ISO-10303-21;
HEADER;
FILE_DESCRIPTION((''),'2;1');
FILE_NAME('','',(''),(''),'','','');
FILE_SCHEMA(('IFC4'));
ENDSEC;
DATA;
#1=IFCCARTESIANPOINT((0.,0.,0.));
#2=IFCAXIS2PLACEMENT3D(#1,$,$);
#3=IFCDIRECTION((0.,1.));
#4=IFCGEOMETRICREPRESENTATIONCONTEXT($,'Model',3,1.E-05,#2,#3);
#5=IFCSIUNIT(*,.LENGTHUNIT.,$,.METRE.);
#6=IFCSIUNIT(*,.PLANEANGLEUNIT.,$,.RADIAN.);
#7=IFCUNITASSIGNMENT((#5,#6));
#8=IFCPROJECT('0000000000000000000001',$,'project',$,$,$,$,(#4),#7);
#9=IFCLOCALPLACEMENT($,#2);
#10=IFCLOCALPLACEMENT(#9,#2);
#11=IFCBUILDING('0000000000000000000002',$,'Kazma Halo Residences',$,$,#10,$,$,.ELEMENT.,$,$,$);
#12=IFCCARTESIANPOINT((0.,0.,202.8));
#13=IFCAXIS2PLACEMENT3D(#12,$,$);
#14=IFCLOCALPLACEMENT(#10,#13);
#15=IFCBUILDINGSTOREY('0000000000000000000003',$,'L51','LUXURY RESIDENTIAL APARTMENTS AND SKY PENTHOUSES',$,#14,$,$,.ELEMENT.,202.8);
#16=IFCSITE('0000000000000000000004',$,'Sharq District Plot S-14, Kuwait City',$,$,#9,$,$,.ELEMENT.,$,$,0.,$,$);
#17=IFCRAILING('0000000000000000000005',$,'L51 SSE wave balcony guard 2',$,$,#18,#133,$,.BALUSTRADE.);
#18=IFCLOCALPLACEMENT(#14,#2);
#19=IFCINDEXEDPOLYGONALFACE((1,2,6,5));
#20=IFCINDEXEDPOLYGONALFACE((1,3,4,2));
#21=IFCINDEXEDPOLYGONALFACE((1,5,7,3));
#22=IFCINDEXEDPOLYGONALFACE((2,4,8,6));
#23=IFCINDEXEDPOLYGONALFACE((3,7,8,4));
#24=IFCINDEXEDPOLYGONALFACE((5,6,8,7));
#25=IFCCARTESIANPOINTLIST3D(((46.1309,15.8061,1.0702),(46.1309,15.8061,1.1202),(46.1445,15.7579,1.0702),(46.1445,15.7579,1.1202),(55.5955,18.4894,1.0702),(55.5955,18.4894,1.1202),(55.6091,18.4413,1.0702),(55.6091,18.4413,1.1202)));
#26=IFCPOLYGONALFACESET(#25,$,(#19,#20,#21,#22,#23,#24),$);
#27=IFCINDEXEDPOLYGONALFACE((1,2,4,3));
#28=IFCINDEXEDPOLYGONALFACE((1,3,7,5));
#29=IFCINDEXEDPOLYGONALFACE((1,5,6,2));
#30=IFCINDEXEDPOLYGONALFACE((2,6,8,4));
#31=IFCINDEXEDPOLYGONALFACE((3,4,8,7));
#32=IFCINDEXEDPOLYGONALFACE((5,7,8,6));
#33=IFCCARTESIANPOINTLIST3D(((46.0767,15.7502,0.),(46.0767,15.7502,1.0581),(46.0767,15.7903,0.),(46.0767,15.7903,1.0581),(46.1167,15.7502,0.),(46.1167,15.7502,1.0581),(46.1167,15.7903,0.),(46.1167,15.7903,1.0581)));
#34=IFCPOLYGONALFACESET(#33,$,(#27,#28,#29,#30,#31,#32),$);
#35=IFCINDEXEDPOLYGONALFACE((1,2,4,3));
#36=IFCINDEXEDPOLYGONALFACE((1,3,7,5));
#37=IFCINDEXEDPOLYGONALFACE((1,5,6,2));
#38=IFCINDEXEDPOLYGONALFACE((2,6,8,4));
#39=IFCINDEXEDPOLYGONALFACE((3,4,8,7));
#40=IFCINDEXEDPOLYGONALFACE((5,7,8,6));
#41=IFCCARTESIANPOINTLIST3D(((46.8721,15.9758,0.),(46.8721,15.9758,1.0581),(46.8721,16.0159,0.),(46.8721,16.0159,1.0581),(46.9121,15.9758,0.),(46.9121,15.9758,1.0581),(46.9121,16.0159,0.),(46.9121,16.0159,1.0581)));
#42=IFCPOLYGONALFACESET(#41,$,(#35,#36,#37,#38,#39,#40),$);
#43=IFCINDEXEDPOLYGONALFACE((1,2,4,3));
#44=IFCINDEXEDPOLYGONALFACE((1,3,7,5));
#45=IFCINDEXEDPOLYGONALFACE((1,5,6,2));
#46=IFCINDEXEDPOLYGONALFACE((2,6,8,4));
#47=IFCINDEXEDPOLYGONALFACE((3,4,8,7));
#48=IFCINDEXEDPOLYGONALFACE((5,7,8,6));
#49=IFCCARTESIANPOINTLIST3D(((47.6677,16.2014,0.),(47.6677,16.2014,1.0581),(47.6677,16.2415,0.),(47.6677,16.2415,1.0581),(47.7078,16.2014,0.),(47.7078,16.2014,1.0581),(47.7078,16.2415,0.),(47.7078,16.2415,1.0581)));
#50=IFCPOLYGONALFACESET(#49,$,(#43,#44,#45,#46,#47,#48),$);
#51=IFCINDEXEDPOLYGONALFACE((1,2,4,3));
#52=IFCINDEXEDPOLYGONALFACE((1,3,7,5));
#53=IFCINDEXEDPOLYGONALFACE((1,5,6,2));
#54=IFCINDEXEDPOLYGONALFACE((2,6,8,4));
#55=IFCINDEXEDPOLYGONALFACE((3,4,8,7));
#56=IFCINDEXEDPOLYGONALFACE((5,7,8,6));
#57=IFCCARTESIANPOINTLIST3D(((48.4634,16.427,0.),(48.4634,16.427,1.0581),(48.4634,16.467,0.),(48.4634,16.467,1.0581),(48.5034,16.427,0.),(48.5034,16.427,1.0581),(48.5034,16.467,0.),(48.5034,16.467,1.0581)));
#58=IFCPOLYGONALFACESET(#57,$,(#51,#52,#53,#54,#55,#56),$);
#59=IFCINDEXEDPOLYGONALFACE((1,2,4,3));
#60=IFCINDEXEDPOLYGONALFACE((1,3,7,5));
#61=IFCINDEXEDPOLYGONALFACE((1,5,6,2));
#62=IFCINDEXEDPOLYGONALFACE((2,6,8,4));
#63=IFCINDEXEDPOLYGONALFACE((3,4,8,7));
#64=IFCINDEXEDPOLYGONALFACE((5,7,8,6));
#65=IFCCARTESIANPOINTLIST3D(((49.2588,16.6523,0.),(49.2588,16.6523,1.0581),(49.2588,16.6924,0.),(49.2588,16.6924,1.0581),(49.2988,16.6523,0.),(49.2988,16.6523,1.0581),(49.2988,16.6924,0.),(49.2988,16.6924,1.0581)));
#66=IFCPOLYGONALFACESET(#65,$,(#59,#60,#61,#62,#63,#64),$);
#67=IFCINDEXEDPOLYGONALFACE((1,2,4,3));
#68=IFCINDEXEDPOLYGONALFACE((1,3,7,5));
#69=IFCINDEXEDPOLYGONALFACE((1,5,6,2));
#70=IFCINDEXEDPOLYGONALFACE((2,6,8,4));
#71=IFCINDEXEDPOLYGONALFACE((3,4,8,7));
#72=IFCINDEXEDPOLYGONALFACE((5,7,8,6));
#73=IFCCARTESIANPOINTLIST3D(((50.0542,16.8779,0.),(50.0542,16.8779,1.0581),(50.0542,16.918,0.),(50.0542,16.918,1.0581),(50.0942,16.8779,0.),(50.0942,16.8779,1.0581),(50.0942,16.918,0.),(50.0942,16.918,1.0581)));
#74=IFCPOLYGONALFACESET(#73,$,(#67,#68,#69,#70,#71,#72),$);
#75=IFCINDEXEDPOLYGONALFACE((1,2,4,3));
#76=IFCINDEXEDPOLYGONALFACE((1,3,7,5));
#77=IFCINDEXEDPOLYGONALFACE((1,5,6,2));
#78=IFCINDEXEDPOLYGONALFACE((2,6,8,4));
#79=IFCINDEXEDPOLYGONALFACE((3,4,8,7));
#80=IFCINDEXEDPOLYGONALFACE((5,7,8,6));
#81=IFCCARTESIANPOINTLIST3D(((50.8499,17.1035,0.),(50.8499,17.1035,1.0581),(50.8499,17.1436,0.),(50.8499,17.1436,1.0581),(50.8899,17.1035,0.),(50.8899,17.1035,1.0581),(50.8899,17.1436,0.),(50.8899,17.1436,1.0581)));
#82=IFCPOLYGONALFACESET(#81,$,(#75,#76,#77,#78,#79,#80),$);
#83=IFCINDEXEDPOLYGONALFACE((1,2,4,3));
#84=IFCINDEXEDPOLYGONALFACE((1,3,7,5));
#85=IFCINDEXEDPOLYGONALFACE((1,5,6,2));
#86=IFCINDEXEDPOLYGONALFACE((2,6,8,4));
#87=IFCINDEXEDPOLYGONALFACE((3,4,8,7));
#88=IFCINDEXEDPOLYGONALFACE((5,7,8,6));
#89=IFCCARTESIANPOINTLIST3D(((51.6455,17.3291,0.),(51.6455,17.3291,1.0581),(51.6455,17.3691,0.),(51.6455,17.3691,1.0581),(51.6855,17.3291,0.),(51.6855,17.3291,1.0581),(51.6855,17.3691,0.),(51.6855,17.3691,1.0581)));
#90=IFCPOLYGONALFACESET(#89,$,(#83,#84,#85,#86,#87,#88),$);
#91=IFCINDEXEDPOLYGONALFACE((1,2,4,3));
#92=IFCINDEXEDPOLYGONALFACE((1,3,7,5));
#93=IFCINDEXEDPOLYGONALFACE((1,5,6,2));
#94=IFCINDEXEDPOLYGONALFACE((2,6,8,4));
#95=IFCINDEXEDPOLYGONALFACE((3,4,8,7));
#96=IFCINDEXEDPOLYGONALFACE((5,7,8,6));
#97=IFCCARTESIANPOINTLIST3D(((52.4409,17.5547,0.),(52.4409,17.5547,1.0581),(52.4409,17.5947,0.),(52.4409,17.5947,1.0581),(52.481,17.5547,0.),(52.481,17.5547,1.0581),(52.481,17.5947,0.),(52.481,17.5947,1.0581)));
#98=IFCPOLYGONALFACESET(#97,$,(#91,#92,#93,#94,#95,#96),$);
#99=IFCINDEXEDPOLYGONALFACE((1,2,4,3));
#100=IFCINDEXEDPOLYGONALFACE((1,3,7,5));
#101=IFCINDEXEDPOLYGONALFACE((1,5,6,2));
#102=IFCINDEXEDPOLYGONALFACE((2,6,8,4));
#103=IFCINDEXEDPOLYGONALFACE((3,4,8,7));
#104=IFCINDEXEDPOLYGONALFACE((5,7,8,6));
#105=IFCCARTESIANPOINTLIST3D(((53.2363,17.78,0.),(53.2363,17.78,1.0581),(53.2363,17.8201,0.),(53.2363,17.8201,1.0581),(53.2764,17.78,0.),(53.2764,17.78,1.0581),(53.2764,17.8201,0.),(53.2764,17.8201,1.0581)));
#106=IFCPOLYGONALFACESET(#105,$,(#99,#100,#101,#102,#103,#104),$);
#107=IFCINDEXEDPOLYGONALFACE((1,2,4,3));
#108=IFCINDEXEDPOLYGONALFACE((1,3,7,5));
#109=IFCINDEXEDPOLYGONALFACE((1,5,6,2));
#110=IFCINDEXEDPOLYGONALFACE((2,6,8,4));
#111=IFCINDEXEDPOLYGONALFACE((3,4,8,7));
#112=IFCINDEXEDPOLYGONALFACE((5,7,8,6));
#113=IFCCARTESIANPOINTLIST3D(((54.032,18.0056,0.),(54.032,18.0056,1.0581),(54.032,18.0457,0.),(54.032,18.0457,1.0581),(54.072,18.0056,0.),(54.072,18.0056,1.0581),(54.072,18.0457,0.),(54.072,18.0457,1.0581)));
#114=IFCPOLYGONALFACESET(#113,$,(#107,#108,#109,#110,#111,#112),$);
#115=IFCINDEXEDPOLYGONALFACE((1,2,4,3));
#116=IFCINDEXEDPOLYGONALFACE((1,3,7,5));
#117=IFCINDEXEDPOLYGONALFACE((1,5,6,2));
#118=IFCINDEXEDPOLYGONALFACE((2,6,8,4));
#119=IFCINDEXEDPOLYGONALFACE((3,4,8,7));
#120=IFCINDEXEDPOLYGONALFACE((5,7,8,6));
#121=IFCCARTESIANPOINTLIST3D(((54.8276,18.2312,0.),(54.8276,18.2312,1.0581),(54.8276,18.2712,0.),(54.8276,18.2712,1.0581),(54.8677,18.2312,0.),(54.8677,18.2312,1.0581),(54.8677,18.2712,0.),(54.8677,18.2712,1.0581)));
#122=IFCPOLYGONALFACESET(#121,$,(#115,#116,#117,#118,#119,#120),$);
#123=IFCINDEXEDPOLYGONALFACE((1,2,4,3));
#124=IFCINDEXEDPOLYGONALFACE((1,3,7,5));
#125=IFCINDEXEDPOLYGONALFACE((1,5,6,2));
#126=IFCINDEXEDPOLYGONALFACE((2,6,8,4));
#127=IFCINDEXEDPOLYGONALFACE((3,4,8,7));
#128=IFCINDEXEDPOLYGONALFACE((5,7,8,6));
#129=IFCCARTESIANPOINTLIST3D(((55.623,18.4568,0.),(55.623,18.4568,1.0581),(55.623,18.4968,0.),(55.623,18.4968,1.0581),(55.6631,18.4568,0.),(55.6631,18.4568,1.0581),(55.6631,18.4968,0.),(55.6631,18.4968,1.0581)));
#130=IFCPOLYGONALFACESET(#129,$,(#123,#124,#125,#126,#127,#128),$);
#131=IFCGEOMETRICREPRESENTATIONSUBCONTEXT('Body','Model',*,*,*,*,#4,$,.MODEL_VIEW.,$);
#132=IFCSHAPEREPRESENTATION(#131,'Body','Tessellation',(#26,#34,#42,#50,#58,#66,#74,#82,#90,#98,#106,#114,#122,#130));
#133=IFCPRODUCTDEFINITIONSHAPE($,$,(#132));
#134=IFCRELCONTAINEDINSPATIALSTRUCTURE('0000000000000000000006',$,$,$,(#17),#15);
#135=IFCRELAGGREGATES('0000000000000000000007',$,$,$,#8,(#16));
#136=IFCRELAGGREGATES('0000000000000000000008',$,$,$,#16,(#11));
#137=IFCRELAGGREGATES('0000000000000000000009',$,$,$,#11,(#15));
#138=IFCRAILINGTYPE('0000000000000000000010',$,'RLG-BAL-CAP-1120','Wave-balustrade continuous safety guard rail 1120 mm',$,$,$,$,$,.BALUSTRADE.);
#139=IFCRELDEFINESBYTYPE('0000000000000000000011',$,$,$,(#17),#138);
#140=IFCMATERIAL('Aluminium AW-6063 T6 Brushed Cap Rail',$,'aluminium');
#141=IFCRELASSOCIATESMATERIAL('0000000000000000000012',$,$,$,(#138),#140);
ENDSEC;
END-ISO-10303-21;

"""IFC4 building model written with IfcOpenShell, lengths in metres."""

from ifc_helpers import new_model, si_unit, direction, frame, origin, origin_2d, place, context, subcontext, project, spatial, rectangle, extrude, material, type_object, element, save


model = new_model("IFC4")

# Units and contexts
model_context = context("Model", 3, precision=1e-05, world=origin(), true_north=direction((0.0, 1.0)))
body_context = subcontext(model_context, "Body", "Model", "MODEL_VIEW")
ifc_project = project(units=[si_unit("LENGTHUNIT", "METRE"), si_unit("PLANEANGLEUNIT", "RADIAN")], contexts=[model_context])

# Site, building, storey
site_placement = place(None, origin())
site = spatial("IfcSite", under=ifc_project, at=site_placement, Name="Sharq District Plot S-14, Kuwait City", CompositionType="ELEMENT", RefElevation=0.0)
building_placement = place(site_placement, origin())
building = spatial("IfcBuilding", under=site, at=building_placement, Name="Kazma Halo Residences", CompositionType="ELEMENT")
storey_placement = place(building_placement, frame((0.0, 0.0, 202.8)))
storey = spatial("IfcBuildingStorey", under=building, at=storey_placement, Name="L51", Description="LUXURY RESIDENTIAL APARTMENTS AND SKY PENTHOUSES", CompositionType="ELEMENT", Elevation=202.8)

# Railing
ifc_material_1 = material(Name="Aluminium AW-6063 T6 Brushed Cap Rail", Category="aluminium")
railing_type = type_object("IfcRailingType", Name="RLG-BAL-CAP-1120", Description="Wave-balustrade continuous safety guard rail 1120 mm", PredefinedType="BALUSTRADE", material=ifc_material_1)
railing_1_placement = place(storey_placement, frame((46.0967, 15.7703, 0.0)))
element("IfcRailing", 1, at=railing_1_placement, inside=storey, type_object=railing_type, Name="L51 SSE wave balcony guard 2", PredefinedType="BALUSTRADE", context=body_context, shape_type="SweptSolid", body=[
    extrude(rectangle(XDim=0.05, YDim=0.05, at=origin_2d()), frame((0.041, 0.0117, 1.0952), z_axis=(0.962081, 0.272764, 0.0), x_axis=(-0.272764, 0.962081, 0.0)), (0.0, 0.0, 1.0), 9.8376),
    extrude(rectangle(XDim=0.04, YDim=0.04, at=origin_2d()), origin(), (0.0, 0.0, 1.0), 1.0581),
    extrude(rectangle(XDim=0.04, YDim=0.04, at=origin_2d()), frame((0.7954, 0.2256, 0.0)), (0.0, 0.0, 1.0), 1.0581),
    extrude(rectangle(XDim=0.04, YDim=0.04, at=origin_2d()), frame((1.5911, 0.4512, 0.0)), (0.0, 0.0, 1.0), 1.0581),
    extrude(rectangle(XDim=0.04, YDim=0.04, at=origin_2d()), frame((2.3867, 0.6768, 0.0)), (0.0, 0.0, 1.0), 1.0581),
    extrude(rectangle(XDim=0.04, YDim=0.04, at=origin_2d()), frame((3.1821, 0.9021, 0.0)), (0.0, 0.0, 1.0), 1.0581),
    extrude(rectangle(XDim=0.04, YDim=0.04, at=origin_2d()), frame((3.9775, 1.1277, 0.0)), (0.0, 0.0, 1.0), 1.0581),
    extrude(rectangle(XDim=0.04, YDim=0.04, at=origin_2d()), frame((4.7732, 1.3533, 0.0)), (0.0, 0.0, 1.0), 1.0581),
    extrude(rectangle(XDim=0.04, YDim=0.04, at=origin_2d()), frame((5.5688, 1.5789, 0.0)), (0.0, 0.0, 1.0), 1.0581),
    extrude(rectangle(XDim=0.04, YDim=0.04, at=origin_2d()), frame((6.3643, 1.8044, 0.0)), (0.0, 0.0, 1.0), 1.0581),
    extrude(rectangle(XDim=0.04, YDim=0.04, at=origin_2d()), frame((7.1597, 2.0298, 0.0)), (0.0, 0.0, 1.0), 1.0581),
    extrude(rectangle(XDim=0.04, YDim=0.04, at=origin_2d()), frame((7.9553, 2.2554, 0.0)), (0.0, 0.0, 1.0), 1.0581),
    extrude(rectangle(XDim=0.04, YDim=0.04, at=origin_2d()), frame((8.751, 2.481, 0.0)), (0.0, 0.0, 1.0), 1.0581),
    extrude(rectangle(XDim=0.04, YDim=0.04, at=origin_2d()), frame((9.5464, 2.7065, 0.0)), (0.0, 0.0, 1.0), 1.0581),
])

save(model, "model.ifc")
